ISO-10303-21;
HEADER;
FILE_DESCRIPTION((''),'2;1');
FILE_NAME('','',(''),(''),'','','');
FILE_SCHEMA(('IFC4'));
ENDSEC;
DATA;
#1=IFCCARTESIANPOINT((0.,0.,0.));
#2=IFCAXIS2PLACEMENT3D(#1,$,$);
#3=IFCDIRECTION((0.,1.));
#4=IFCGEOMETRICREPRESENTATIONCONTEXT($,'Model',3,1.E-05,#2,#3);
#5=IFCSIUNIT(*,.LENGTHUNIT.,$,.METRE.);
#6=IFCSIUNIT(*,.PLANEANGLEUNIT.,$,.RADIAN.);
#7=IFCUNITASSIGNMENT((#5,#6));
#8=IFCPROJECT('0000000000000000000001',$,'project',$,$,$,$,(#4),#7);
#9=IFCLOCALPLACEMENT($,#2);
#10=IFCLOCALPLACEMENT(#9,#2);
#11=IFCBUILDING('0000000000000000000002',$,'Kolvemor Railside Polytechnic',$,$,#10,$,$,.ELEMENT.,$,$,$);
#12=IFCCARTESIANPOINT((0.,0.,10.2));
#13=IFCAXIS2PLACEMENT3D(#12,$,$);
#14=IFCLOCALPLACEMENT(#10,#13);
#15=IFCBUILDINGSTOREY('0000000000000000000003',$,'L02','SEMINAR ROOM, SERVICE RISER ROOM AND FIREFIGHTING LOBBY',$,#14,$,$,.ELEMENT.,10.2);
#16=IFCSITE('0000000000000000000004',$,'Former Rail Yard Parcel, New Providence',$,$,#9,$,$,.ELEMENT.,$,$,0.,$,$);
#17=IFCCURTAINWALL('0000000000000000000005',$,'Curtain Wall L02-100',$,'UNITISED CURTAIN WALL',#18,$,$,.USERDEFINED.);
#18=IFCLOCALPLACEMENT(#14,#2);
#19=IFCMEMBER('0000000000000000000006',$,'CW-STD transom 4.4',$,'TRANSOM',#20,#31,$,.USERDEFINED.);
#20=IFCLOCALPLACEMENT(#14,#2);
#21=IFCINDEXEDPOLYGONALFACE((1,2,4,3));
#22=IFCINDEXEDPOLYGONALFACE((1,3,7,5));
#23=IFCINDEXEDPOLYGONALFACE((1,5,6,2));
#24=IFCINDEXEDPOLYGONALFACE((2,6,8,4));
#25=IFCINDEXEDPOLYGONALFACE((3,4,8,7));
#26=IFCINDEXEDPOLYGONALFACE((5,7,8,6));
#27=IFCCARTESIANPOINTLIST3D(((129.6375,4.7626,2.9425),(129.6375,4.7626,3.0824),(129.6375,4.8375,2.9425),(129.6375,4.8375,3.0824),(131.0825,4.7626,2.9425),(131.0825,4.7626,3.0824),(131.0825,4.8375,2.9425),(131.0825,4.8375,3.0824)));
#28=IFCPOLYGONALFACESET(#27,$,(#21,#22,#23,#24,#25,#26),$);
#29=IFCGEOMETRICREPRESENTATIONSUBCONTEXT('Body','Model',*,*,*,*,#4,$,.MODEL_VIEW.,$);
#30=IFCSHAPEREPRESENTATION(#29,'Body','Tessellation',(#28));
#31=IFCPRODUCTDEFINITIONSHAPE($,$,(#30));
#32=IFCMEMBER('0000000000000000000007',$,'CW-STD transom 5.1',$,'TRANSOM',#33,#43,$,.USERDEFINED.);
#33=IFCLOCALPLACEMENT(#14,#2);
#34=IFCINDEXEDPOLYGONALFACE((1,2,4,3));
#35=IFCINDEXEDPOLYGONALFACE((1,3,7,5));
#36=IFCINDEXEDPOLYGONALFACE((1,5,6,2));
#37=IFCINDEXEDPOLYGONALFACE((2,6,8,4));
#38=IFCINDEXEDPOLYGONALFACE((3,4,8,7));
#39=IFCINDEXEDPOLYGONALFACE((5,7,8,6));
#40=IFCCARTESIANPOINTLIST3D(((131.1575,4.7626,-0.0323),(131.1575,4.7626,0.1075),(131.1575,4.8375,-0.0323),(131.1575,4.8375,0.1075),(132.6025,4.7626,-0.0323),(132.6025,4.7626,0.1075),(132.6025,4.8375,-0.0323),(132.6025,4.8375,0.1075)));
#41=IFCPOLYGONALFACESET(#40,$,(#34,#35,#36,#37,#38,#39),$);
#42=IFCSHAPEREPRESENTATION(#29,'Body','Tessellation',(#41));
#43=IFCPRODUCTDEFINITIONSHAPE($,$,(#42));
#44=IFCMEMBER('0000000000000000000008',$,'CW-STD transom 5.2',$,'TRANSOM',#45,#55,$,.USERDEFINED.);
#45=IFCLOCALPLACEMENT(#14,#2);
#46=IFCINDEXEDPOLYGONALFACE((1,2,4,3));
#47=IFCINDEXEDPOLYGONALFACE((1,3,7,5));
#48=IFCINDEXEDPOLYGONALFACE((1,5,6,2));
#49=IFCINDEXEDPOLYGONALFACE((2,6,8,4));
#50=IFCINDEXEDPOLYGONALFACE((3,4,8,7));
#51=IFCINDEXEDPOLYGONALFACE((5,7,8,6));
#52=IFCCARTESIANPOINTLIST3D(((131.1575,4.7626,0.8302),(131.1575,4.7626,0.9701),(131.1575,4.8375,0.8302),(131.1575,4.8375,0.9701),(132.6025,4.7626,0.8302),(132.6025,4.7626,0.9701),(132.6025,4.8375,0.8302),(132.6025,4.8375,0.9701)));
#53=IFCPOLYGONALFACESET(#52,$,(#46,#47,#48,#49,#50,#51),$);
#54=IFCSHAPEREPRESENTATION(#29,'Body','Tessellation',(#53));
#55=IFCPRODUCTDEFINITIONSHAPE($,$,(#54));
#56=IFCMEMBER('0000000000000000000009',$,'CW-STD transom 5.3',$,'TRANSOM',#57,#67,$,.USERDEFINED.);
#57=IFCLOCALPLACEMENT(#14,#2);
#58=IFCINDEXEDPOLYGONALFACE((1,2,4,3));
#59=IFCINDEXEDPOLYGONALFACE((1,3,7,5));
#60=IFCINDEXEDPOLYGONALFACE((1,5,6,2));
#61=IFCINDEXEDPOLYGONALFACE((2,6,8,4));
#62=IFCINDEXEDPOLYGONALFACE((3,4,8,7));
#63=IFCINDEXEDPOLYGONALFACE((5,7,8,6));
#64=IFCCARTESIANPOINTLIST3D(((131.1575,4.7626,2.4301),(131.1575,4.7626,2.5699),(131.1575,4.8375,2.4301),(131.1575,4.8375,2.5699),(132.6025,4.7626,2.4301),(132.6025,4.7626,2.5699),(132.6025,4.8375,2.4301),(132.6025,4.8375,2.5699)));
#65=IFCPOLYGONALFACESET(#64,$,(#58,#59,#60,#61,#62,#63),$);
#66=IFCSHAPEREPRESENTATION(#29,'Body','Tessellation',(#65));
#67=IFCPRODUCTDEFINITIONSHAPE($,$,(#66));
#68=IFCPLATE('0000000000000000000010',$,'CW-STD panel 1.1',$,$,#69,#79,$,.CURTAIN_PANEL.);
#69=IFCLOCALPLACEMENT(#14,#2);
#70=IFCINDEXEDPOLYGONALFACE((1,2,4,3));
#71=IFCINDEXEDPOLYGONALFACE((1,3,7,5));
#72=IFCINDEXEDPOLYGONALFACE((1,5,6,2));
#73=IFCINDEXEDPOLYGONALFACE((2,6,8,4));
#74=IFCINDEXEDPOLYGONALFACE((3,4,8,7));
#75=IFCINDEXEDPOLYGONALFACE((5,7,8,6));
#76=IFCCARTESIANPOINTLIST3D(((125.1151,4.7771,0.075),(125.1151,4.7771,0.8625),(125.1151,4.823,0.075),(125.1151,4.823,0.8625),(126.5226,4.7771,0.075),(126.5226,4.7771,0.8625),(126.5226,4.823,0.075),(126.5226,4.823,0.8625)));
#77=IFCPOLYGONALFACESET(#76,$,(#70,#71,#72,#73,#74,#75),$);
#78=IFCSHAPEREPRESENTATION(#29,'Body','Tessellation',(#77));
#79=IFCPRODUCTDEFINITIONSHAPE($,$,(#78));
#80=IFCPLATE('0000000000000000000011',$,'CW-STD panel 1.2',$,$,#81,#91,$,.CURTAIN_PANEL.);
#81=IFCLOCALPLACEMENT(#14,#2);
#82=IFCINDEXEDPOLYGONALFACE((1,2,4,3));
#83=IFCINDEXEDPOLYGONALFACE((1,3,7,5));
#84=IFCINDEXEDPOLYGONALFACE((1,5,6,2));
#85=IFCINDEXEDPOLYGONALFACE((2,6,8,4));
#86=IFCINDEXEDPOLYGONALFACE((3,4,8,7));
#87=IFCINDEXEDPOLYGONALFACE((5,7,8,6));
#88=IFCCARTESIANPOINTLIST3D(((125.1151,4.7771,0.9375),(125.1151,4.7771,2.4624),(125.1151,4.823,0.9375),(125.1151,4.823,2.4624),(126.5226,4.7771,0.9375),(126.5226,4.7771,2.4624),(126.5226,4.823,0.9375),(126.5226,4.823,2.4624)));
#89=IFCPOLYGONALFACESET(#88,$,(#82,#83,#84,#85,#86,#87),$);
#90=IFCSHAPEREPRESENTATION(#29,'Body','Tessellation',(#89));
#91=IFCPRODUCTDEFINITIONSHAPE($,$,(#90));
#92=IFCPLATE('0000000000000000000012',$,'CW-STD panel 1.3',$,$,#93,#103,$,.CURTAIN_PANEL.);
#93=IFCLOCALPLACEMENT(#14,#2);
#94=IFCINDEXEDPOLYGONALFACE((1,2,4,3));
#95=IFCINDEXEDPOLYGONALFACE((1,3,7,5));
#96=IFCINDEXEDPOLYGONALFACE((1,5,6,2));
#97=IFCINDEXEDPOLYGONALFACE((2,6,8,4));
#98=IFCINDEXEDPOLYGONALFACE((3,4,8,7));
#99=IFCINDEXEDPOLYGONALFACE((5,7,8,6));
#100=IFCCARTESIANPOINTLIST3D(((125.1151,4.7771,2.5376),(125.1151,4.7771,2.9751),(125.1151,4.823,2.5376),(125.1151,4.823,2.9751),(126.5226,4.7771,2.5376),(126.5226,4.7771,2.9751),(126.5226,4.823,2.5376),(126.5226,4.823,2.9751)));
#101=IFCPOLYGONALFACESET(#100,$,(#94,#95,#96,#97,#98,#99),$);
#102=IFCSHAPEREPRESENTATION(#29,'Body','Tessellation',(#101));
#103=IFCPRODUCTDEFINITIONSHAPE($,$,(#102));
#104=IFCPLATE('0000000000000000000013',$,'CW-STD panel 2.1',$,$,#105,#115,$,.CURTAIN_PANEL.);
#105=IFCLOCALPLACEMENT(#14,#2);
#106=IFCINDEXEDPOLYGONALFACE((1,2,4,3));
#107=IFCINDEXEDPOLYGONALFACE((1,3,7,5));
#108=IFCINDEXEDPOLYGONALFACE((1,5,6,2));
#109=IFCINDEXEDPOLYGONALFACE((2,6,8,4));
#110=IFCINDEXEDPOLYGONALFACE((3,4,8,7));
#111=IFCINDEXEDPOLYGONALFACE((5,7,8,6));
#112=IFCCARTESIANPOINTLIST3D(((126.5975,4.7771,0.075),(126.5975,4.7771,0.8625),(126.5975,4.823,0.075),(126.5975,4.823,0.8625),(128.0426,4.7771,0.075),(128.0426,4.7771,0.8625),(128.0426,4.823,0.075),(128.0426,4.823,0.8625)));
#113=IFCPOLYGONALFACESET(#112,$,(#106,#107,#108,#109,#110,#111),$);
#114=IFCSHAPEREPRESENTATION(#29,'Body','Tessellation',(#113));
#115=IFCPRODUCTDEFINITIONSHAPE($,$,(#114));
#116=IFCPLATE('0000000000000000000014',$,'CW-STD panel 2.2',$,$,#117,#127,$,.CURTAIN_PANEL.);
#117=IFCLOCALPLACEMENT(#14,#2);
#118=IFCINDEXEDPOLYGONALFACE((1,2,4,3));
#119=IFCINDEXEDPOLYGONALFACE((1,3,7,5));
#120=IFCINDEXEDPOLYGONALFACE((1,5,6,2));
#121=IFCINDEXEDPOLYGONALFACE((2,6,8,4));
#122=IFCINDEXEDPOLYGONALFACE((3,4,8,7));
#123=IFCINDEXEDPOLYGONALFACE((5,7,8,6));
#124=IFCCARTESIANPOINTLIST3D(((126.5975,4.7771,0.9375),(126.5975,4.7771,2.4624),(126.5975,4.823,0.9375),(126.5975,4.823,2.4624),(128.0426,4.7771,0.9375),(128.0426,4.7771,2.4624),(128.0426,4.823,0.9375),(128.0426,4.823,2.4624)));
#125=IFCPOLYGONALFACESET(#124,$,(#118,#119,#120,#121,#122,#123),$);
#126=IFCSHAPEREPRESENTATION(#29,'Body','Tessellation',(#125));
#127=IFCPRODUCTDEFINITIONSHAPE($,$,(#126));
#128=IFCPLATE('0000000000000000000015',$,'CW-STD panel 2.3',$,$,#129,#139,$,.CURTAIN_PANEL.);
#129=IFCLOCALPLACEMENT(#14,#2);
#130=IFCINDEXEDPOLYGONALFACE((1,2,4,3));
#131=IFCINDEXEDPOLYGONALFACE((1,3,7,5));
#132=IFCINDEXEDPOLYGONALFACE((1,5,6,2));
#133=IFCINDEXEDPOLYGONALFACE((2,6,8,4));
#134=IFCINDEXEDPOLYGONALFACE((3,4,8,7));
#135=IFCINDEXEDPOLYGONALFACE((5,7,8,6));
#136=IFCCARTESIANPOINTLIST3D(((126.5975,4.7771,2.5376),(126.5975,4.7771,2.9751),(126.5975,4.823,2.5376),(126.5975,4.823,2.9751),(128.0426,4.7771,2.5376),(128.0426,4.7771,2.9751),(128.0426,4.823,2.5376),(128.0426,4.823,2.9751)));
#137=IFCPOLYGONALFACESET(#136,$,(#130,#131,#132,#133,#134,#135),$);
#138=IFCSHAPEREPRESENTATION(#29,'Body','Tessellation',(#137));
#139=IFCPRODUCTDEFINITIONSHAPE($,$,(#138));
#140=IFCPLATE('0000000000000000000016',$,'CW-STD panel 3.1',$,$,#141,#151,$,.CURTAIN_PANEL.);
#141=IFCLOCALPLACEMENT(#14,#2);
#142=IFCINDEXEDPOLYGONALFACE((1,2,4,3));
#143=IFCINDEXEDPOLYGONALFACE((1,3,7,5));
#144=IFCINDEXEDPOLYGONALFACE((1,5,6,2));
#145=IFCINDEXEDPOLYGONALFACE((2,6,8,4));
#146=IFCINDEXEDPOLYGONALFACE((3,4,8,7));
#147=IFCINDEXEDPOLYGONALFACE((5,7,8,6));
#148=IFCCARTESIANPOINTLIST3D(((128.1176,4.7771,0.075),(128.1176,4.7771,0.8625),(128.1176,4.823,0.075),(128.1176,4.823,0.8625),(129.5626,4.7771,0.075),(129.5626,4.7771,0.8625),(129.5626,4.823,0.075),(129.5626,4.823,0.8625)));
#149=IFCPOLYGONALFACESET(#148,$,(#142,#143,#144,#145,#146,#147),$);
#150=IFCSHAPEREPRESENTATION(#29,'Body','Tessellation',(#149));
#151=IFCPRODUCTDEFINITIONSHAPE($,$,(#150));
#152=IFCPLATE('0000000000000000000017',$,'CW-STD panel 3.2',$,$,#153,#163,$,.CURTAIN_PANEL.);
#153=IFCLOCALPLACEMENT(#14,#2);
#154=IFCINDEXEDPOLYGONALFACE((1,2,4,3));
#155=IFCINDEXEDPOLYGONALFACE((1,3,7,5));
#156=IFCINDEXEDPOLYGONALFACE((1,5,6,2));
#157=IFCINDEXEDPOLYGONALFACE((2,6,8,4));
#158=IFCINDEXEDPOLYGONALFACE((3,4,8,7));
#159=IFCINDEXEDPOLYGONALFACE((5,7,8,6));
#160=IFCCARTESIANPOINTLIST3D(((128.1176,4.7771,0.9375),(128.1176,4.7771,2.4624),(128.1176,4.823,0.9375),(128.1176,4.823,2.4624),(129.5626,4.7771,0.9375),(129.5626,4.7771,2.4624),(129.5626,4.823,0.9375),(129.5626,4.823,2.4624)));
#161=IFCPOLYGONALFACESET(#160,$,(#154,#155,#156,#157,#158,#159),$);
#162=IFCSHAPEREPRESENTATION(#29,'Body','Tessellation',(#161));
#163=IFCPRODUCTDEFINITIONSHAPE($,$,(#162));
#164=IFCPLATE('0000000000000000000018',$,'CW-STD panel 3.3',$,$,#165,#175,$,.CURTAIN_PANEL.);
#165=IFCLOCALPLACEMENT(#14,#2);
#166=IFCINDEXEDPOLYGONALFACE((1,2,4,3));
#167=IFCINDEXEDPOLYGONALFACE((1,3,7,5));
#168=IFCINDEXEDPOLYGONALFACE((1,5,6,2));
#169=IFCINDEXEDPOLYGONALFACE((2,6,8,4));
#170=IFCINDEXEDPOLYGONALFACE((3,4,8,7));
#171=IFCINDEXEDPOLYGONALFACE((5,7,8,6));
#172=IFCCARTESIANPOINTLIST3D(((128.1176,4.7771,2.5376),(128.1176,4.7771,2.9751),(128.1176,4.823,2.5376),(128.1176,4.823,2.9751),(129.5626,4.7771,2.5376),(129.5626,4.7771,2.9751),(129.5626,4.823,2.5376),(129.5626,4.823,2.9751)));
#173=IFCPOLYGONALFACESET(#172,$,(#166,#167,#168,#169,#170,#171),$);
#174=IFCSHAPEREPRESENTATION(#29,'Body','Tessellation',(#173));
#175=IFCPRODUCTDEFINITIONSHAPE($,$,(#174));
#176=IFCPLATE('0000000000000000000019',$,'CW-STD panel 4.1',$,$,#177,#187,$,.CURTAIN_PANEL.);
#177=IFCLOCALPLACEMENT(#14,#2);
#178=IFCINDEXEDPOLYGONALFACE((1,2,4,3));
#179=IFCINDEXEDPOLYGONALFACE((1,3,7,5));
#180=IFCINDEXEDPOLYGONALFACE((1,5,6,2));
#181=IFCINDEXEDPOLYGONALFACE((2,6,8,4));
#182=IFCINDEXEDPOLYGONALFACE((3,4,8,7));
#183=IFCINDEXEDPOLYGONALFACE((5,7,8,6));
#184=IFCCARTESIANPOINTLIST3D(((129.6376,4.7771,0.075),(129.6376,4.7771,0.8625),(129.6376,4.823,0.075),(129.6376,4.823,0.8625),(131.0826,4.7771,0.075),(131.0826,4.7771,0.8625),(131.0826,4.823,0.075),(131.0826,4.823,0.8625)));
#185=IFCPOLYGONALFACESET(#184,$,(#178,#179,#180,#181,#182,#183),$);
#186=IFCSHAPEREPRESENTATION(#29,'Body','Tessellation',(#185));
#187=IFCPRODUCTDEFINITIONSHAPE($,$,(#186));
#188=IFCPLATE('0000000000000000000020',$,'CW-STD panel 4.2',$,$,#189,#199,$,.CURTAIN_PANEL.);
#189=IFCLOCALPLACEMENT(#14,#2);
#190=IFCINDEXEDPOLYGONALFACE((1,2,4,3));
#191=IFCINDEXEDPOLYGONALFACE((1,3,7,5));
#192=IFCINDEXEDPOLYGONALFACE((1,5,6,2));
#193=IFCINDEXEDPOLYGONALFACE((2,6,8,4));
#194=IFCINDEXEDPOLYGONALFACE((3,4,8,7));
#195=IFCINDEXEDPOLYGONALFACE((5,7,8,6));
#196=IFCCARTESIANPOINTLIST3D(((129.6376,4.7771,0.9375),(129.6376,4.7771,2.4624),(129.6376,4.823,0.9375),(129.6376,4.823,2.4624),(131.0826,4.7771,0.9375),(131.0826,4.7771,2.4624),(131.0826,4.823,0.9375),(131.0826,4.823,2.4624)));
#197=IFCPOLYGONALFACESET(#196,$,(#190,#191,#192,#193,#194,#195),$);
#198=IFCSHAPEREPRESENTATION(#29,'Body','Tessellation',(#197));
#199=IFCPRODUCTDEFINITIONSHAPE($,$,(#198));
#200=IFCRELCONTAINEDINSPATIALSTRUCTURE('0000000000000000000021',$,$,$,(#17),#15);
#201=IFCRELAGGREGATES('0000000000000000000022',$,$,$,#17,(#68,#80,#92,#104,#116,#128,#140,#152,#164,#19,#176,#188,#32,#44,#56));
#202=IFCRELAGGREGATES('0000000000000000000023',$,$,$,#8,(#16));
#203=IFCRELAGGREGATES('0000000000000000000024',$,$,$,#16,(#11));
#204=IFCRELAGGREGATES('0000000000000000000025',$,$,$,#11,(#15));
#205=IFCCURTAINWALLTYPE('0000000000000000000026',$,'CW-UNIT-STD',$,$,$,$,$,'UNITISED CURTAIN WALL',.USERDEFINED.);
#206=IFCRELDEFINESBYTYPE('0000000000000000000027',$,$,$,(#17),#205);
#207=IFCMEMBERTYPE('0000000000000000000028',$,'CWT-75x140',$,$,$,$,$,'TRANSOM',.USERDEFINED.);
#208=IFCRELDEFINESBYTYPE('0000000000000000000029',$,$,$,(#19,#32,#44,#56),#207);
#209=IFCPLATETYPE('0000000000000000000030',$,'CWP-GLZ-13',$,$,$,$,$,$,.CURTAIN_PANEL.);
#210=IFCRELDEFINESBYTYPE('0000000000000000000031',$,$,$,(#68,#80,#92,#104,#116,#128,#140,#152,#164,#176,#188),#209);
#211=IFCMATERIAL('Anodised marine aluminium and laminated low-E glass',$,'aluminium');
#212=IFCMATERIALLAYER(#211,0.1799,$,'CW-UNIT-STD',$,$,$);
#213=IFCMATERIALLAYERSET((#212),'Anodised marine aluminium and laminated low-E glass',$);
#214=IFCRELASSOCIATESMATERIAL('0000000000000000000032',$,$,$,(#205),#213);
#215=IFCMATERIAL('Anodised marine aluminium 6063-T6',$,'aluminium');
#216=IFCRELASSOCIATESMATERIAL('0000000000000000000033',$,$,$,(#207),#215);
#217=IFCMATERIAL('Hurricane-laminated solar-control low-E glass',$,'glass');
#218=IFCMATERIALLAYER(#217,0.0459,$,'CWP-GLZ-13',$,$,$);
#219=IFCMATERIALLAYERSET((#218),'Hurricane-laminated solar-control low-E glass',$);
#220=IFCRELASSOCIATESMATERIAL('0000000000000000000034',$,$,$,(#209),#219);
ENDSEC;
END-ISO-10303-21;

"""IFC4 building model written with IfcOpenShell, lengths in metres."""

from ifc_helpers import new_model, si_unit, direction, frame, origin, origin_2d, place, context, subcontext, project, spatial, rectangle, extrude, material, layer, layer_set, material_profile, profile_set, type_object, element, aggregate, save


model = new_model("IFC4")

# Units and contexts
model_context = context("Model", 3, precision=1e-05, world=origin(), true_north=direction((0.0, 1.0)))
body_context = subcontext(model_context, "Body", "Model", "MODEL_VIEW")
ifc_project = project(units=[si_unit("LENGTHUNIT", "METRE"), si_unit("PLANEANGLEUNIT", "RADIAN")], contexts=[model_context])

# Site, building, storey
site_placement = place(None, origin())
site = spatial("IfcSite", under=ifc_project, at=site_placement, Name="Former Rail Yard Parcel, New Providence", CompositionType="ELEMENT", RefElevation=0.0)
building_placement = place(site_placement, origin())
building = spatial("IfcBuilding", under=site, at=building_placement, Name="Kolvemor Railside Polytechnic", CompositionType="ELEMENT")
storey_placement = place(building_placement, frame((0.0, 0.0, 10.2)))
storey = spatial("IfcBuildingStorey", under=building, at=storey_placement, Name="L02", Description="SEMINAR ROOM, SERVICE RISER ROOM AND FIREFIGHTING LOBBY", CompositionType="ELEMENT", Elevation=10.2)

# Curtain wall, members, plates
ifc_material_1 = material(Name="Anodised marine aluminium and laminated low-E glass", Category="aluminium")
ifc_layer_1 = layer(ifc_material_1, 0.1799, Name="CW-UNIT-STD")
ifc_layer_set_1 = layer_set([ifc_layer_1], Name="Anodised marine aluminium and laminated low-E glass")
curtain_wall_type = type_object("IfcCurtainWallType", Name="CW-UNIT-STD", ElementType="UNITISED CURTAIN WALL", PredefinedType="USERDEFINED", material=ifc_layer_set_1)
curtain_wall_placement = place(storey_placement, origin())
curtain_wall = element("IfcCurtainWall", 1, at=curtain_wall_placement, inside=storey, type_object=curtain_wall_type, Name="Curtain Wall L02-100", ObjectType="UNITISED CURTAIN WALL", PredefinedType="USERDEFINED")
ifc_material_2 = material(Name="Anodised marine aluminium 6063-T6", Category="aluminium")
ifc_material_profile_1 = material_profile(ifc_material_2, rectangle(XDim=0.075, YDim=0.1399, at=origin_2d()), Name="CW-TRN-75x140")
ifc_profile_set_1 = profile_set([ifc_material_profile_1], Name="Anodised marine aluminium 6063-T6")
member_type_1 = type_object("IfcMemberType", Name="CWT-75x140", ElementType="TRANSOM", PredefinedType="USERDEFINED", material=ifc_profile_set_1)
member_1_placement = place(storey_placement, frame((129.6375, 4.8, 3.0125), z_axis=(1.0, 0.0, 0.0), x_axis=(0.0, 1.0, 0.0)))
member_1 = element("IfcMember", 2, at=member_1_placement, type_object=member_type_1, Name="CW-STD transom 4.4", ObjectType="TRANSOM", PredefinedType="USERDEFINED", context=body_context, shape_type="SweptSolid", body=[
    extrude(rectangle(XDim=0.075, YDim=0.1399, at=origin_2d()), origin(), (0.0, 0.0, 1.0), 1.4451),
])
member_2_placement = place(storey_placement, frame((131.1575, 4.8, 0.0376), z_axis=(1.0, 0.0, 0.0), x_axis=(0.0, 1.0, 0.0)))
member_2 = element("IfcMember", 3, at=member_2_placement, type_object=member_type_1, Name="CW-STD transom 5.1", ObjectType="TRANSOM", PredefinedType="USERDEFINED", context=body_context, shape_type="SweptSolid", body=[
    extrude(rectangle(XDim=0.075, YDim=0.1399, at=origin_2d()), origin(), (0.0, 0.0, 1.0), 1.4451),
])
member_3_placement = place(storey_placement, frame((131.1575, 4.8, 0.9001), z_axis=(1.0, 0.0, 0.0), x_axis=(0.0, 1.0, 0.0)))
member_3 = element("IfcMember", 4, at=member_3_placement, type_object=member_type_1, Name="CW-STD transom 5.2", ObjectType="TRANSOM", PredefinedType="USERDEFINED", context=body_context, shape_type="SweptSolid", body=[
    extrude(rectangle(XDim=0.075, YDim=0.1399, at=origin_2d()), origin(), (0.0, 0.0, 1.0), 1.4451),
])
member_4_placement = place(storey_placement, frame((131.1575, 4.8, 2.5), z_axis=(1.0, 0.0, 0.0), x_axis=(0.0, 1.0, 0.0)))
member_4 = element("IfcMember", 5, at=member_4_placement, type_object=member_type_1, Name="CW-STD transom 5.3", ObjectType="TRANSOM", PredefinedType="USERDEFINED", context=body_context, shape_type="SweptSolid", body=[
    extrude(rectangle(XDim=0.075, YDim=0.1399, at=origin_2d()), origin(), (0.0, 0.0, 1.0), 1.4451),
])
ifc_material_3 = material(Name="Hurricane-laminated solar-control low-E glass", Category="glass")
ifc_layer_2 = layer(ifc_material_3, 0.0459, Name="CWP-GLZ-13")
ifc_layer_set_2 = layer_set([ifc_layer_2], Name="Hurricane-laminated solar-control low-E glass")
plate_type = type_object("IfcPlateType", Name="CWP-GLZ-13", PredefinedType="CURTAIN_PANEL", material=ifc_layer_set_2)
plate_1_placement = place(storey_placement, frame((125.8188, 4.8, 0.075), z_axis=(0.0, 0.0, 1.0), x_axis=(1.0, 0.0, 0.0)))
plate_1 = element("IfcPlate", 6, at=plate_1_placement, type_object=plate_type, Name="CW-STD panel 1.1", PredefinedType="CURTAIN_PANEL", context=body_context, shape_type="SweptSolid", body=[
    extrude(rectangle(XDim=1.4075, YDim=0.0459, at=origin_2d()), origin(), (0.0, 0.0, 1.0), 0.7876),
])
plate_2_placement = place(storey_placement, frame((125.8188, 4.8, 0.9375), z_axis=(0.0, 0.0, 1.0), x_axis=(1.0, 0.0, 0.0)))
plate_2 = element("IfcPlate", 7, at=plate_2_placement, type_object=plate_type, Name="CW-STD panel 1.2", PredefinedType="CURTAIN_PANEL", context=body_context, shape_type="SweptSolid", body=[
    extrude(rectangle(XDim=1.4075, YDim=0.0459, at=origin_2d()), origin(), (0.0, 0.0, 1.0), 1.5249),
])
plate_3_placement = place(storey_placement, frame((125.8188, 4.8, 2.5376), z_axis=(0.0, 0.0, 1.0), x_axis=(1.0, 0.0, 0.0)))
plate_3 = element("IfcPlate", 8, at=plate_3_placement, type_object=plate_type, Name="CW-STD panel 1.3", PredefinedType="CURTAIN_PANEL", context=body_context, shape_type="SweptSolid", body=[
    extrude(rectangle(XDim=1.4075, YDim=0.0459, at=origin_2d()), origin(), (0.0, 0.0, 1.0), 0.4375),
])
plate_4_placement = place(storey_placement, frame((127.3201, 4.8, 0.075), z_axis=(0.0, 0.0, 1.0), x_axis=(1.0, 0.0, 0.0)))
plate_4 = element("IfcPlate", 9, at=plate_4_placement, type_object=plate_type, Name="CW-STD panel 2.1", PredefinedType="CURTAIN_PANEL", context=body_context, shape_type="SweptSolid", body=[
    extrude(rectangle(XDim=1.4451, YDim=0.0459, at=origin_2d()), origin(), (0.0, 0.0, 1.0), 0.7876),
])
plate_5_placement = place(storey_placement, frame((127.3201, 4.8, 0.9375), z_axis=(0.0, 0.0, 1.0), x_axis=(1.0, 0.0, 0.0)))
plate_5 = element("IfcPlate", 10, at=plate_5_placement, type_object=plate_type, Name="CW-STD panel 2.2", PredefinedType="CURTAIN_PANEL", context=body_context, shape_type="SweptSolid", body=[
    extrude(rectangle(XDim=1.4451, YDim=0.0459, at=origin_2d()), origin(), (0.0, 0.0, 1.0), 1.5249),
])
plate_6_placement = place(storey_placement, frame((127.3201, 4.8, 2.5376), z_axis=(0.0, 0.0, 1.0), x_axis=(1.0, 0.0, 0.0)))
plate_6 = element("IfcPlate", 11, at=plate_6_placement, type_object=plate_type, Name="CW-STD panel 2.3", PredefinedType="CURTAIN_PANEL", context=body_context, shape_type="SweptSolid", body=[
    extrude(rectangle(XDim=1.4451, YDim=0.0459, at=origin_2d()), origin(), (0.0, 0.0, 1.0), 0.4375),
])
plate_7_placement = place(storey_placement, frame((128.8401, 4.8, 0.075), z_axis=(0.0, 0.0, 1.0), x_axis=(1.0, 0.0, 0.0)))
plate_7 = element("IfcPlate", 12, at=plate_7_placement, type_object=plate_type, Name="CW-STD panel 3.1", PredefinedType="CURTAIN_PANEL", context=body_context, shape_type="SweptSolid", body=[
    extrude(rectangle(XDim=1.4451, YDim=0.0459, at=origin_2d()), origin(), (0.0, 0.0, 1.0), 0.7876),
])
plate_8_placement = place(storey_placement, frame((128.8401, 4.8, 0.9375), z_axis=(0.0, 0.0, 1.0), x_axis=(1.0, 0.0, 0.0)))
plate_8 = element("IfcPlate", 13, at=plate_8_placement, type_object=plate_type, Name="CW-STD panel 3.2", PredefinedType="CURTAIN_PANEL", context=body_context, shape_type="SweptSolid", body=[
    extrude(rectangle(XDim=1.4451, YDim=0.0459, at=origin_2d()), origin(), (0.0, 0.0, 1.0), 1.5249),
])
plate_9_placement = place(storey_placement, frame((128.8401, 4.8, 2.5376), z_axis=(0.0, 0.0, 1.0), x_axis=(1.0, 0.0, 0.0)))
plate_9 = element("IfcPlate", 14, at=plate_9_placement, type_object=plate_type, Name="CW-STD panel 3.3", PredefinedType="CURTAIN_PANEL", context=body_context, shape_type="SweptSolid", body=[
    extrude(rectangle(XDim=1.4451, YDim=0.0459, at=origin_2d()), origin(), (0.0, 0.0, 1.0), 0.4375),
])
plate_10_placement = place(storey_placement, frame((130.3601, 4.8, 0.075), z_axis=(0.0, 0.0, 1.0), x_axis=(1.0, 0.0, 0.0)))
plate_10 = element("IfcPlate", 15, at=plate_10_placement, type_object=plate_type, Name="CW-STD panel 4.1", PredefinedType="CURTAIN_PANEL", context=body_context, shape_type="SweptSolid", body=[
    extrude(rectangle(XDim=1.4451, YDim=0.0459, at=origin_2d()), origin(), (0.0, 0.0, 1.0), 0.7876),
])
plate_11_placement = place(storey_placement, frame((130.3601, 4.8, 0.9375), z_axis=(0.0, 0.0, 1.0), x_axis=(1.0, 0.0, 0.0)))
plate_11 = element("IfcPlate", 16, at=plate_11_placement, type_object=plate_type, Name="CW-STD panel 4.2", PredefinedType="CURTAIN_PANEL", context=body_context, shape_type="SweptSolid", body=[
    extrude(rectangle(XDim=1.4451, YDim=0.0459, at=origin_2d()), origin(), (0.0, 0.0, 1.0), 1.5249),
])
aggregate(curtain_wall, [plate_1, plate_2, plate_3, plate_4, plate_5, plate_6, plate_7, plate_8, plate_9, member_1, plate_10, plate_11, member_2, member_3, member_4])

save(model, "model.ifc")
